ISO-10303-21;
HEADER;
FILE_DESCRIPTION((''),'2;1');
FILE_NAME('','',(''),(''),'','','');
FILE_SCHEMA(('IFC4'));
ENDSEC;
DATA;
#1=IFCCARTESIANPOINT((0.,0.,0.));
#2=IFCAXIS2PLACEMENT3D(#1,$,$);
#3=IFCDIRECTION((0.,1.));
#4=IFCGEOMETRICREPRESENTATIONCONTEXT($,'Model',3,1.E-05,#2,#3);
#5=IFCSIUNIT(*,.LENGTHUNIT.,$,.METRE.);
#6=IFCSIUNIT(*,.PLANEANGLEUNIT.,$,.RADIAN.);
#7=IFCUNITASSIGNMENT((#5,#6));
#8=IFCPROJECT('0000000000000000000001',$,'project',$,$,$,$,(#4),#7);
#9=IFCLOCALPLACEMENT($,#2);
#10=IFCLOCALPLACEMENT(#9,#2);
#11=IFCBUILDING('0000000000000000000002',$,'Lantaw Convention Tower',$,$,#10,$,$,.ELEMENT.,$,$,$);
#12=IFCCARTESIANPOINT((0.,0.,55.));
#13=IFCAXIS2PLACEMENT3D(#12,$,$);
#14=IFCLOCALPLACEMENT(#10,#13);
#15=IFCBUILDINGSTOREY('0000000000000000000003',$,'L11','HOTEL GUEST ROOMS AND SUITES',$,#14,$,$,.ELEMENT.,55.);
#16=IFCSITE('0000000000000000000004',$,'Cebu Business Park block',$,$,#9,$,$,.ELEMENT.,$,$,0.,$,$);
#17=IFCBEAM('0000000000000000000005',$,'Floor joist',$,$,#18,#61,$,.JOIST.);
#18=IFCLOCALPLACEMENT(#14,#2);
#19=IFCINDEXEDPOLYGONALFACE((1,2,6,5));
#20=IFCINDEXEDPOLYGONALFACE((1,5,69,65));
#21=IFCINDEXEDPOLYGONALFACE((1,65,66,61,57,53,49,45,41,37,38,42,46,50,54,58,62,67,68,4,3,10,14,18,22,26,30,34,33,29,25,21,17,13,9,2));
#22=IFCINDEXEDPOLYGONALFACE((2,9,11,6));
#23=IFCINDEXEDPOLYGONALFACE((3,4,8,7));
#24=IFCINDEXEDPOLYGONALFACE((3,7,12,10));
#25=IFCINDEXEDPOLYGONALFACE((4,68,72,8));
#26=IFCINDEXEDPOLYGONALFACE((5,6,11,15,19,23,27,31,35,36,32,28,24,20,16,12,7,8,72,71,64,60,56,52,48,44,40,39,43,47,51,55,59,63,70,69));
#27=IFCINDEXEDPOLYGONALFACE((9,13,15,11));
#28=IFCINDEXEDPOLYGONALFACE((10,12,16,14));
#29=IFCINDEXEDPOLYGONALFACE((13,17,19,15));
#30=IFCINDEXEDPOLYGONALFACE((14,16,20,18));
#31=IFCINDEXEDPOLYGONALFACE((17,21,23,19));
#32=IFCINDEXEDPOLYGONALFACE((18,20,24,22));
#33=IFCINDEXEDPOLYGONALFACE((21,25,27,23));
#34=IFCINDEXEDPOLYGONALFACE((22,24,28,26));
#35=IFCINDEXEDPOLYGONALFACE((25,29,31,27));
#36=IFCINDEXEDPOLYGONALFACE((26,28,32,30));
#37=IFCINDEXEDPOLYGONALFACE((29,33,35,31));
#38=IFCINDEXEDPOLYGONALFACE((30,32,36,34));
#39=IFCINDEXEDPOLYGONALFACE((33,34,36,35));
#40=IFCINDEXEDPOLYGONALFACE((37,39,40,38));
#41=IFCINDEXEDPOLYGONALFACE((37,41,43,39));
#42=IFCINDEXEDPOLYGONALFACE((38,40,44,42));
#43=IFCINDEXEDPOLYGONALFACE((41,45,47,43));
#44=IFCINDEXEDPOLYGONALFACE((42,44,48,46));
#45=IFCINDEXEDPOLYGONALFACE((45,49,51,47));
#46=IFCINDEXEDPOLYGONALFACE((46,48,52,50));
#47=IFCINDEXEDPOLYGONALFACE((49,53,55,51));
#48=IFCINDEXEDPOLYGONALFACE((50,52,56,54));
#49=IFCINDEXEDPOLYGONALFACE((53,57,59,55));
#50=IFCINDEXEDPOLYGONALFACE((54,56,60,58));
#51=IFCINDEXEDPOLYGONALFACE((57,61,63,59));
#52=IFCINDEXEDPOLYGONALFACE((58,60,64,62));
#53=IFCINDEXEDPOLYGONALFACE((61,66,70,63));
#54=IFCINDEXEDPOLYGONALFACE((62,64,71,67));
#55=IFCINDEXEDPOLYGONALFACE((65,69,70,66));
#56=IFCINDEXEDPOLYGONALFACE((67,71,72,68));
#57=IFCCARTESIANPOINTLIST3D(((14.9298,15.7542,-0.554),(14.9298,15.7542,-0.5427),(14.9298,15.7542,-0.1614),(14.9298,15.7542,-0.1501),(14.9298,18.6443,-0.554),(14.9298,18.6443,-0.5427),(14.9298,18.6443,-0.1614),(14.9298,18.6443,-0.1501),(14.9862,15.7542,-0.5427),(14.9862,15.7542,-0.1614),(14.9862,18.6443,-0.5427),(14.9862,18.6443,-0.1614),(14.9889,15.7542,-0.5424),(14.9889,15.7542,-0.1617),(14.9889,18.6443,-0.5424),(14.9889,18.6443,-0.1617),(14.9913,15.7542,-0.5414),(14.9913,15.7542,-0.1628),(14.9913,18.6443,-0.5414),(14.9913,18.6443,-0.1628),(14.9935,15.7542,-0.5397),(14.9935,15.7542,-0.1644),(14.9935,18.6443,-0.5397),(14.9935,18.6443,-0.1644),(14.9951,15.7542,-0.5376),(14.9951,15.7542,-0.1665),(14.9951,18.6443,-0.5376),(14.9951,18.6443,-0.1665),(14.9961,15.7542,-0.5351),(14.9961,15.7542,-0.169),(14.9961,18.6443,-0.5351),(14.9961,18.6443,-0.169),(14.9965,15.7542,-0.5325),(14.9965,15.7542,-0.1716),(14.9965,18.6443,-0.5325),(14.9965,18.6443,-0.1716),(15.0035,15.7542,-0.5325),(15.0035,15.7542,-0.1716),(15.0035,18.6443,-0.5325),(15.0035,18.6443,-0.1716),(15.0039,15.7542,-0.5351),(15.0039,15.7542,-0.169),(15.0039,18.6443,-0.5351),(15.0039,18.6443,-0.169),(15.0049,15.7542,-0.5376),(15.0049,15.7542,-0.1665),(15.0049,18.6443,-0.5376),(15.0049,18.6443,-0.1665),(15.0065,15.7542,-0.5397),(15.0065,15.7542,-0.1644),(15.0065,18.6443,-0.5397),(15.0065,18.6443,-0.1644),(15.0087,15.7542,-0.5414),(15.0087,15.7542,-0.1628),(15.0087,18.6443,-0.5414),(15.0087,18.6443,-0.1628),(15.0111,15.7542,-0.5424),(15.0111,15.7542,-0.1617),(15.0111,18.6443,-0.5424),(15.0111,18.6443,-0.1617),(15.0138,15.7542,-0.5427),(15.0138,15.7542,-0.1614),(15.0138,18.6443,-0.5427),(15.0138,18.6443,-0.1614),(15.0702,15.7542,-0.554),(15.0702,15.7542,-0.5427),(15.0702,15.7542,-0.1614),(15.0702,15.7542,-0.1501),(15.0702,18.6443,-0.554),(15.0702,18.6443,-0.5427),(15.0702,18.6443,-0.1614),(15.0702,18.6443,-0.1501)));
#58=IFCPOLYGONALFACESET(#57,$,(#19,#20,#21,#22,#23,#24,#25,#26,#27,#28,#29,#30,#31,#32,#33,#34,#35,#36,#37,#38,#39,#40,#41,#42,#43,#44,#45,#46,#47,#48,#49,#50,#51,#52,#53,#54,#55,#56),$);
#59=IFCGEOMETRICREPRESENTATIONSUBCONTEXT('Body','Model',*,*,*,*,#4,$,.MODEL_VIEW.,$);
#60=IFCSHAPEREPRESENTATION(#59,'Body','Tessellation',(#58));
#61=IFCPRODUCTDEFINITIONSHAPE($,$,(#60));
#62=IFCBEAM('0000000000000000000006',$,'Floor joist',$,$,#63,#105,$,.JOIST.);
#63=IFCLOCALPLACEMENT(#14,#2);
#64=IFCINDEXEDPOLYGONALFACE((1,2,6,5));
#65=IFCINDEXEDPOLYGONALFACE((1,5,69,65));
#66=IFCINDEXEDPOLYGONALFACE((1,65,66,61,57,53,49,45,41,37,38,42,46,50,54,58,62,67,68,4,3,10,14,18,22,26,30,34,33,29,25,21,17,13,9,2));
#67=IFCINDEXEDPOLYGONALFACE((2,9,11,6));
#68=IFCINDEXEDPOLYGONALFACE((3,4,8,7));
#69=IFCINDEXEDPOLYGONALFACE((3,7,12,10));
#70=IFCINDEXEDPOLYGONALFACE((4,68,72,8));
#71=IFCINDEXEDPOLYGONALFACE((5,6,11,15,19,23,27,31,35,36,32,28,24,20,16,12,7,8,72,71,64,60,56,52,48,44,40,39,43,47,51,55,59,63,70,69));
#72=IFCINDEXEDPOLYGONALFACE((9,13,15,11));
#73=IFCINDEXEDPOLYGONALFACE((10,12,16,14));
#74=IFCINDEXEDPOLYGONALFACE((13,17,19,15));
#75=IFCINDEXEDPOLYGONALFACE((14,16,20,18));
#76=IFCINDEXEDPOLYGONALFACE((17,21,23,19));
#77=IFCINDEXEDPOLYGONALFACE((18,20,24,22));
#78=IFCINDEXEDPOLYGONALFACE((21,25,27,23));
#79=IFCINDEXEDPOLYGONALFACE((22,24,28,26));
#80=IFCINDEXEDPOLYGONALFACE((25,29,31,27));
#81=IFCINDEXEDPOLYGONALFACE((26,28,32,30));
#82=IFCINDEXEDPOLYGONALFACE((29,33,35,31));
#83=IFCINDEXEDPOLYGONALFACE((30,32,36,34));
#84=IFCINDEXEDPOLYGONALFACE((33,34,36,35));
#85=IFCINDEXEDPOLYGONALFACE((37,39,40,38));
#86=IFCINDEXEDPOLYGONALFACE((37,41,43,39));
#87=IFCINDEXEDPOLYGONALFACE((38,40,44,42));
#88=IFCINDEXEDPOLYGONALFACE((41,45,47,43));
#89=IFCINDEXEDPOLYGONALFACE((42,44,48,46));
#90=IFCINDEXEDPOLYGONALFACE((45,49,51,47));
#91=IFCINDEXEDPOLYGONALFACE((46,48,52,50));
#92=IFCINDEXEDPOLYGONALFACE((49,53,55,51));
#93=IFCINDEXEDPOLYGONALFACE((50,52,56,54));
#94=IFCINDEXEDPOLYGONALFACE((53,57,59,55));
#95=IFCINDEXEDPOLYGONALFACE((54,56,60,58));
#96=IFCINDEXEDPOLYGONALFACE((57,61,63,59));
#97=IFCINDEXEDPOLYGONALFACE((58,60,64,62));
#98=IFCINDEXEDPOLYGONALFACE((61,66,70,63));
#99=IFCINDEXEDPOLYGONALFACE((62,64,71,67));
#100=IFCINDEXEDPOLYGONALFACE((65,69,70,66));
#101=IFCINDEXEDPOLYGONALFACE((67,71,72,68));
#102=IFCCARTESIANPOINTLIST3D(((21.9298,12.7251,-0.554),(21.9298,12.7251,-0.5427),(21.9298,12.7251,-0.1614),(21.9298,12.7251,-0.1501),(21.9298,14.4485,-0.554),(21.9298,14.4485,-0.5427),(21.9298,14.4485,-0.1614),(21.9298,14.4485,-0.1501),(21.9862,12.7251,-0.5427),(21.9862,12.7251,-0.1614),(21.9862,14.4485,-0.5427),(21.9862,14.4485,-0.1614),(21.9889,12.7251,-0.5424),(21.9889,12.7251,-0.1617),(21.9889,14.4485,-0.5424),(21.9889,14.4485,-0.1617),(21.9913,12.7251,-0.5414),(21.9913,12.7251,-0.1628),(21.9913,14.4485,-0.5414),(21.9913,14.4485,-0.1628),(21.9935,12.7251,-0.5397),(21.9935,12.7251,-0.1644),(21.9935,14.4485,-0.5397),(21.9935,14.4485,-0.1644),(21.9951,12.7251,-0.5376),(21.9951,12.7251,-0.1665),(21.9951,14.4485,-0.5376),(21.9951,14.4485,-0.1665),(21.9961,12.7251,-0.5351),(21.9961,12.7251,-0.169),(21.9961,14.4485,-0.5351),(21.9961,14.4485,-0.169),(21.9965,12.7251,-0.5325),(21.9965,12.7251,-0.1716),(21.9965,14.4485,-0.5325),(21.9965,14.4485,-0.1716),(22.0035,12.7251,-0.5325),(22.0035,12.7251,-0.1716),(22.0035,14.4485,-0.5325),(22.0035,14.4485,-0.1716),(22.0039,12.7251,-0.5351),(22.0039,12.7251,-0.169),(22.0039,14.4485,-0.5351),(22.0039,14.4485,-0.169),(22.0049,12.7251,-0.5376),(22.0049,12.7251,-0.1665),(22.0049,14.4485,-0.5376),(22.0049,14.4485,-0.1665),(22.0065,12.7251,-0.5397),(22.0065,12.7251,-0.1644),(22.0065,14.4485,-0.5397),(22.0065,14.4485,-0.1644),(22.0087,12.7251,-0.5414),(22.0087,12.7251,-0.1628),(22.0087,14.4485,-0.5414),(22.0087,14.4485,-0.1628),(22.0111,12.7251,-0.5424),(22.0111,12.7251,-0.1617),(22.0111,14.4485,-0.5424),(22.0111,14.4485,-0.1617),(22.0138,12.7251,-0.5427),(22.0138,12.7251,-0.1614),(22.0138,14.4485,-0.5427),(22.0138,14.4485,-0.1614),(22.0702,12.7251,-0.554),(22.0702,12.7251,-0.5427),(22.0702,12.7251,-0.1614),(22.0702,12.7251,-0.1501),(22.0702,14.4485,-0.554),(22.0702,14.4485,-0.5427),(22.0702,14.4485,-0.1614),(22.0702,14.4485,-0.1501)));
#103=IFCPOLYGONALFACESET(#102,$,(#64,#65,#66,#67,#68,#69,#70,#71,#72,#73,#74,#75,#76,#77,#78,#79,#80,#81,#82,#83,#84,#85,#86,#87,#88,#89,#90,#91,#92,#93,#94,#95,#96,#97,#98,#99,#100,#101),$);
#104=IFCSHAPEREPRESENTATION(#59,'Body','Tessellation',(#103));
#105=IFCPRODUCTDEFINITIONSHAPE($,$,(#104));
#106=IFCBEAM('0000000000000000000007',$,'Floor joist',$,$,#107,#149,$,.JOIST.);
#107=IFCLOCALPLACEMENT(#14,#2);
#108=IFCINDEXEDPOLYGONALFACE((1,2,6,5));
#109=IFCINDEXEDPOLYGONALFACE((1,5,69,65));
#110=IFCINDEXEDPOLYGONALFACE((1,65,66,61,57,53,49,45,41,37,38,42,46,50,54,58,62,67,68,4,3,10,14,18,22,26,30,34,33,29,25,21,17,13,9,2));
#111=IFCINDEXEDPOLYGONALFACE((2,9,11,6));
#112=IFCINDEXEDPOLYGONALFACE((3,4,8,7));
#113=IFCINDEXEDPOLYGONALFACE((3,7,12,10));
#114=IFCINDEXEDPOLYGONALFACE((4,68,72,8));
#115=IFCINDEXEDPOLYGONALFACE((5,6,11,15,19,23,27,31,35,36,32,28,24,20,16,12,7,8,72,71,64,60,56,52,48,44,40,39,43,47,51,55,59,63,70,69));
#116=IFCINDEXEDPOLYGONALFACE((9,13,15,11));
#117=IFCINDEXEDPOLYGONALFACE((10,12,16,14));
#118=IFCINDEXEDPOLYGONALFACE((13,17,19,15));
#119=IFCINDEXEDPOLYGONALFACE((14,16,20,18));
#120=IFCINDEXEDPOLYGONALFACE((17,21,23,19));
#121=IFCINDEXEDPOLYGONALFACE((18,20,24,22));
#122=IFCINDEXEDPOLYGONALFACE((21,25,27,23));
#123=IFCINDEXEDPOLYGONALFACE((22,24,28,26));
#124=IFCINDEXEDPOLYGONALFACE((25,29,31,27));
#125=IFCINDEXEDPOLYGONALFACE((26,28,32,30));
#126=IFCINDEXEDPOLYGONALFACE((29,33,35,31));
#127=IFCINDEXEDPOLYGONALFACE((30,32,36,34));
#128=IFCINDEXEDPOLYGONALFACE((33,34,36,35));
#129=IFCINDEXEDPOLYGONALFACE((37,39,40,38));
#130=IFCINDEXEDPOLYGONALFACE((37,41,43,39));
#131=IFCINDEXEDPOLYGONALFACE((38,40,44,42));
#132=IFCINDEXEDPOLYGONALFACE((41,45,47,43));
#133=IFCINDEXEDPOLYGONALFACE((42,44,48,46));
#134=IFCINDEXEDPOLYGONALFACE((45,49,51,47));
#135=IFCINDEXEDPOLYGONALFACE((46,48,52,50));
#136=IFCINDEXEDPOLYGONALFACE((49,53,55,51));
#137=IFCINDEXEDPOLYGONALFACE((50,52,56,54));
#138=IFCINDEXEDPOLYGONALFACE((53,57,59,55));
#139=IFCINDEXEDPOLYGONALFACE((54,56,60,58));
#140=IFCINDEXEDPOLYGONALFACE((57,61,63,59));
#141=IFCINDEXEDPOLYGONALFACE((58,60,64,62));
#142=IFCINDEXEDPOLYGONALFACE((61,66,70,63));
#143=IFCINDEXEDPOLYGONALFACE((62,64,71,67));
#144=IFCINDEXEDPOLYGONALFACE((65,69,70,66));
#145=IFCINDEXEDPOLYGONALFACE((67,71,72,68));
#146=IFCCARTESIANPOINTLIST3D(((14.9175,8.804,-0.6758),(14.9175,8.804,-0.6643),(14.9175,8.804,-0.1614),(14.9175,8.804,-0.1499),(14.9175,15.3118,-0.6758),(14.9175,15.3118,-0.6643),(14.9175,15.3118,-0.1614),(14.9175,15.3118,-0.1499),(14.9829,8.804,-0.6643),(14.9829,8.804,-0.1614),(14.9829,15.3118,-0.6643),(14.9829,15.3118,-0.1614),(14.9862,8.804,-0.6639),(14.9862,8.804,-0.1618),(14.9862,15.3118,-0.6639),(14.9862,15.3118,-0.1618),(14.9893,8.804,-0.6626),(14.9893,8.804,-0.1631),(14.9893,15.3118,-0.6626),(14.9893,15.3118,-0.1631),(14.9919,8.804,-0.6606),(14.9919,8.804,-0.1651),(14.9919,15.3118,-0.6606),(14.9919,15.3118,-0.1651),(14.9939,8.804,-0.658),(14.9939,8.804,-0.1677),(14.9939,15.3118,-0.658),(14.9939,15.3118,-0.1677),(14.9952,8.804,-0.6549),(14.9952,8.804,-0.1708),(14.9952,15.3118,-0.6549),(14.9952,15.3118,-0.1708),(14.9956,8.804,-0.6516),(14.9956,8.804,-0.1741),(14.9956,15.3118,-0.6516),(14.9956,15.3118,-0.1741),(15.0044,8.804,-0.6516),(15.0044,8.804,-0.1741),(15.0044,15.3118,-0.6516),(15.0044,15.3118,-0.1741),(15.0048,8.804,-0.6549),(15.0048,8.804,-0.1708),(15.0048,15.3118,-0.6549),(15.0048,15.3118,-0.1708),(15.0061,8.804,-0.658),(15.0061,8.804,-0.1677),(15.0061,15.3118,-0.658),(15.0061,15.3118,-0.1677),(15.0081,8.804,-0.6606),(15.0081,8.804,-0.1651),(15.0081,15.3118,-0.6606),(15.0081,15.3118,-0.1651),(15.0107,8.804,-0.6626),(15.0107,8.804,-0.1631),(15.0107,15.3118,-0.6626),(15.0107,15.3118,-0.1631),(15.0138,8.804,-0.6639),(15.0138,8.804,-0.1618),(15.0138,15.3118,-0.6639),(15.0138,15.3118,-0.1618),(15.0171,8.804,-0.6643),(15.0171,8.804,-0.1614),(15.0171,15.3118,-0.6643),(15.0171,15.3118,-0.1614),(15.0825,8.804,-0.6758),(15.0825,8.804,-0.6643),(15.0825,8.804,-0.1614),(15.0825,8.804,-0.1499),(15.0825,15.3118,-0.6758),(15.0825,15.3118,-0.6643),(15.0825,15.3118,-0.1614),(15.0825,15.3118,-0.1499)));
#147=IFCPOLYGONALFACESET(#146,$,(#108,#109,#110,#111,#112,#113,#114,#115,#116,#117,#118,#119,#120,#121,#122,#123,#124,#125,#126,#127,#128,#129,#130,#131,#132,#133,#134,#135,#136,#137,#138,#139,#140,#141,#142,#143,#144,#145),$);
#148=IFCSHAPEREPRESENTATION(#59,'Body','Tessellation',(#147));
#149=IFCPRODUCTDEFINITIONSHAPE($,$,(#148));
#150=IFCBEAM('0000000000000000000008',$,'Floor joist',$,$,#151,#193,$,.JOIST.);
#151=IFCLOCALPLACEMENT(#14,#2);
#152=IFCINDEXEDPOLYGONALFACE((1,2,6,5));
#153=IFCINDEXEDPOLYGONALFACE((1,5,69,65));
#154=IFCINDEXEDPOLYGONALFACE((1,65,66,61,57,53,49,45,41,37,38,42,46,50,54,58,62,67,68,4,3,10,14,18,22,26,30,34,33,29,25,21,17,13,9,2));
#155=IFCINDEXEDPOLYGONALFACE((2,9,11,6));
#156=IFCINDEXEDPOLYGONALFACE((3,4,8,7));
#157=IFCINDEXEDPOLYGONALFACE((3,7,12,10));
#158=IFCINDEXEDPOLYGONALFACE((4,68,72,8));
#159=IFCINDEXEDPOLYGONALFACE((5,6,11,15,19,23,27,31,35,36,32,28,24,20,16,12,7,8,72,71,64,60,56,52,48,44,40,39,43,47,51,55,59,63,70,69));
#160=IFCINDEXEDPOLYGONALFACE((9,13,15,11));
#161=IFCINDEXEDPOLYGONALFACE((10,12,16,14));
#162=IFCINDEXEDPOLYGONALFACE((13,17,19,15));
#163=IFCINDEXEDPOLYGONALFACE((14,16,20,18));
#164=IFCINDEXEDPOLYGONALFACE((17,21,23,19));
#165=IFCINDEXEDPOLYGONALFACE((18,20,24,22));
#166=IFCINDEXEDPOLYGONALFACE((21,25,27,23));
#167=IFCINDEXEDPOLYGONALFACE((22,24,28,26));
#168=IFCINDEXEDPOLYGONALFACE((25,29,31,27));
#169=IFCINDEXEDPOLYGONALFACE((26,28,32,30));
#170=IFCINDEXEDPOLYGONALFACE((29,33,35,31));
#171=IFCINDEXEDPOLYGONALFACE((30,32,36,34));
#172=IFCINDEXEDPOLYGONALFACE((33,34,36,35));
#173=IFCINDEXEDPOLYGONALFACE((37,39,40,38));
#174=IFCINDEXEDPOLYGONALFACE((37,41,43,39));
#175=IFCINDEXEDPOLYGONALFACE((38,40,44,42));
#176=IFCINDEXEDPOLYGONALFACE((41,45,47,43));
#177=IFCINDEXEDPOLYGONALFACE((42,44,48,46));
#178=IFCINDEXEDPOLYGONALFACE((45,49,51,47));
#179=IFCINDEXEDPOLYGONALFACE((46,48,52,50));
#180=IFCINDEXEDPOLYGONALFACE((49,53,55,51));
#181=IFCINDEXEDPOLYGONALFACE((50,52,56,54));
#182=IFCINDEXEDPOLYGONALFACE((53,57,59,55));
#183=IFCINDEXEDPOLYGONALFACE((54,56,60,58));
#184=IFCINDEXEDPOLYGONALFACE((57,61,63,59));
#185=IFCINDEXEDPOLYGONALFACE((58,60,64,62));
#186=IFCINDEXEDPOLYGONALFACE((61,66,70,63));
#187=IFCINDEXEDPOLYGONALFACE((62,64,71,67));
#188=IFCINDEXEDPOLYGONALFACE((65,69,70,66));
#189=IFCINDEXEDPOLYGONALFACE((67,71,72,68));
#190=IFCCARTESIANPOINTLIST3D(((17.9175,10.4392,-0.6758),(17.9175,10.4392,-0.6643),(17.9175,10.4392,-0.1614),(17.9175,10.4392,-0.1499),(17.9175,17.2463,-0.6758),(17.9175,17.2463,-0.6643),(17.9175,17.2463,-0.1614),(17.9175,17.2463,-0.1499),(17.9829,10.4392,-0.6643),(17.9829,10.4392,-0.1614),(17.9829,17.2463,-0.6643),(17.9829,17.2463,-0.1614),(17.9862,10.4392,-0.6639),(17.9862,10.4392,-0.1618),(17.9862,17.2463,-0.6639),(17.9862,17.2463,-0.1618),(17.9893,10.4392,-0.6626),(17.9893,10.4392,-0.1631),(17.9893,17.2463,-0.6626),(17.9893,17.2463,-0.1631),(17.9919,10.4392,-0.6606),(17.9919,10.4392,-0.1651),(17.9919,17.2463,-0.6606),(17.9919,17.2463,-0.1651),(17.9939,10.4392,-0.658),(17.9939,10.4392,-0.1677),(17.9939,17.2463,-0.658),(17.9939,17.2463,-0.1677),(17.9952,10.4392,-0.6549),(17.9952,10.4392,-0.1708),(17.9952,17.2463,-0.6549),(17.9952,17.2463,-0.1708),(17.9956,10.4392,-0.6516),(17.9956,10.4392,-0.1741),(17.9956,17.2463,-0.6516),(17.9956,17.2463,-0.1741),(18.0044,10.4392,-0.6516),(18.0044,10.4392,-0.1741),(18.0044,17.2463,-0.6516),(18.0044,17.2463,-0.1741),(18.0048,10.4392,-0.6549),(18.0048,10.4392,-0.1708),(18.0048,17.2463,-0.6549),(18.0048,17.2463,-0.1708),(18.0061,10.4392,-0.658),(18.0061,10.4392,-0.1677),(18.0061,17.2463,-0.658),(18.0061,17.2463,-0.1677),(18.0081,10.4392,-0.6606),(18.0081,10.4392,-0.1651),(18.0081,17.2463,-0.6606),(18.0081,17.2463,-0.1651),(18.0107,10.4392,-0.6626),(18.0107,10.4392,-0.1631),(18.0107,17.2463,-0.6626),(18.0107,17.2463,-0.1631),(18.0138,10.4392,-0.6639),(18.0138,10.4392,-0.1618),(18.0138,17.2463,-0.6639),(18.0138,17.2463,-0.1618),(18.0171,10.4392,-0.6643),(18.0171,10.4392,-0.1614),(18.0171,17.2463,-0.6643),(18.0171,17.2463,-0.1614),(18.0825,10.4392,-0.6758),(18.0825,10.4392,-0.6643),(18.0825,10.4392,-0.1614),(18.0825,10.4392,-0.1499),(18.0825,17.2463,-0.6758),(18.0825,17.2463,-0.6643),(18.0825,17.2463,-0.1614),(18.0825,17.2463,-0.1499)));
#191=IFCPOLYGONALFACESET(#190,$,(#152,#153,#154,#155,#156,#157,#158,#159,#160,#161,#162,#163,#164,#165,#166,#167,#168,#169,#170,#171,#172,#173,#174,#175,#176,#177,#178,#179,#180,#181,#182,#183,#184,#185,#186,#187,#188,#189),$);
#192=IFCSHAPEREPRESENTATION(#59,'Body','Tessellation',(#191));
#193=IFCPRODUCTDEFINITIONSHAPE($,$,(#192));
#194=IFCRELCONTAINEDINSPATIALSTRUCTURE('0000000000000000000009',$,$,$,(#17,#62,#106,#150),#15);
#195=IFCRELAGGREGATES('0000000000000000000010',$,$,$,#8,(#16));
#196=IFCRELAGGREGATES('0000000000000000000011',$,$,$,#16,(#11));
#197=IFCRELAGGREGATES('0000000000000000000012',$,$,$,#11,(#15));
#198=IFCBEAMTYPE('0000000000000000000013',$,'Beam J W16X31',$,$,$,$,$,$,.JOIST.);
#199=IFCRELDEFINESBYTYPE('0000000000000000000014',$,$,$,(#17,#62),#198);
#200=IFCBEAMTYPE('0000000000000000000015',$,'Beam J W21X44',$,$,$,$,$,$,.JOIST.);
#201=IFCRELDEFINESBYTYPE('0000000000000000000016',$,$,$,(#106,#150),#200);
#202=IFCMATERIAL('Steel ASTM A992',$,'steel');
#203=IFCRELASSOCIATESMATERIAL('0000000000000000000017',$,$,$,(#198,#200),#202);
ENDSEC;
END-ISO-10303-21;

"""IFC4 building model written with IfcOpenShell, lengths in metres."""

from ifc_helpers import new_model, si_unit, direction, frame, origin, origin_2d, place, context, subcontext, project, spatial, i_section, extrude, material, material_profile, profile_set, type_object, element, save


model = new_model("IFC4")

# Units and contexts
model_context = context("Model", 3, precision=1e-05, world=origin(), true_north=direction((0.0, 1.0)))
body_context = subcontext(model_context, "Body", "Model", "MODEL_VIEW")
ifc_project = project(units=[si_unit("LENGTHUNIT", "METRE"), si_unit("PLANEANGLEUNIT", "RADIAN")], contexts=[model_context])

# Site, building, storey
site_placement = place(None, origin())
site = spatial("IfcSite", under=ifc_project, at=site_placement, Name="Cebu Business Park block", CompositionType="ELEMENT", RefElevation=0.0)
building_placement = place(site_placement, origin())
building = spatial("IfcBuilding", under=site, at=building_placement, Name="Lantaw Convention Tower", CompositionType="ELEMENT")
storey_placement = place(building_placement, frame((0.0, 0.0, 55.0)))
storey = spatial("IfcBuildingStorey", under=building, at=storey_placement, Name="L11", Description="HOTEL GUEST ROOMS AND SUITES", CompositionType="ELEMENT", Elevation=55.0)

# Beams
ifc_material_1 = material(Name="Steel ASTM A992", Category="steel")
ifc_material_profile_1 = material_profile(ifc_material_1, i_section(OverallWidth=0.1404, OverallDepth=0.4038, WebThickness=0.0071, FlangeThickness=0.0112, FilletRadius=0.0103, at=origin_2d()), Name="W16X31")
ifc_profile_set_1 = profile_set([ifc_material_profile_1], Name="Steel ASTM A992")
beam_type_1 = type_object("IfcBeamType", Name="Beam J W16X31", PredefinedType="JOIST", material=ifc_profile_set_1)
beam_1_placement = place(storey_placement, frame((15.0, 15.7542, -0.3521), z_axis=(0.0, 1.0, 0.0), x_axis=(-1.0, 0.0, 0.0)))
element("IfcBeam", 1, at=beam_1_placement, inside=storey, type_object=beam_type_1, Name="Floor joist", PredefinedType="JOIST", context=body_context, shape_type="SweptSolid", body=[
    extrude(i_section(OverallWidth=0.1404, OverallDepth=0.4038, WebThickness=0.0071, FlangeThickness=0.0112, FilletRadius=0.0103, at=origin_2d()), origin(), (0.0, 0.0, 1.0), 2.8901),
])
beam_2_placement = place(storey_placement, frame((22.0, 12.7251, -0.3521), z_axis=(0.0, 1.0, 0.0), x_axis=(-1.0, 0.0, 0.0)))
element("IfcBeam", 2, at=beam_2_placement, inside=storey, type_object=beam_type_1, Name="Floor joist", PredefinedType="JOIST", context=body_context, shape_type="SweptSolid", body=[
    extrude(i_section(OverallWidth=0.1404, OverallDepth=0.4038, WebThickness=0.0071, FlangeThickness=0.0112, FilletRadius=0.0103, at=origin_2d()), origin(), (0.0, 0.0, 1.0), 1.7234),
])
ifc_material_profile_2 = material_profile(ifc_material_1, i_section(OverallWidth=0.165, OverallDepth=0.5259, WebThickness=0.0088, FlangeThickness=0.0115, FilletRadius=0.0127, at=origin_2d()), Name="W21X44")
ifc_profile_set_2 = profile_set([ifc_material_profile_2], Name="Steel ASTM A992")
beam_type_2 = type_object("IfcBeamType", Name="Beam J W21X44", PredefinedType="JOIST", material=ifc_profile_set_2)
beam_3_placement = place(storey_placement, frame((15.0, 8.804, -0.4128), z_axis=(0.0, 1.0, 0.0), x_axis=(-1.0, 0.0, 0.0)))
element("IfcBeam", 3, at=beam_3_placement, inside=storey, type_object=beam_type_2, Name="Floor joist", PredefinedType="JOIST", context=body_context, shape_type="SweptSolid", body=[
    extrude(i_section(OverallWidth=0.165, OverallDepth=0.5259, WebThickness=0.0088, FlangeThickness=0.0115, FilletRadius=0.0127, at=origin_2d()), origin(), (0.0, 0.0, 1.0), 6.5078),
])
beam_4_placement = place(storey_placement, frame((18.0, 10.4392, -0.4128), z_axis=(0.0, 1.0, 0.0), x_axis=(-1.0, 0.0, 0.0)))
element("IfcBeam", 4, at=beam_4_placement, inside=storey, type_object=beam_type_2, Name="Floor joist", PredefinedType="JOIST", context=body_context, shape_type="SweptSolid", body=[
    extrude(i_section(OverallWidth=0.165, OverallDepth=0.5259, WebThickness=0.0088, FlangeThickness=0.0115, FilletRadius=0.0127, at=origin_2d()), origin(), (0.0, 0.0, 1.0), 6.8071),
])

save(model, "model.ifc")
